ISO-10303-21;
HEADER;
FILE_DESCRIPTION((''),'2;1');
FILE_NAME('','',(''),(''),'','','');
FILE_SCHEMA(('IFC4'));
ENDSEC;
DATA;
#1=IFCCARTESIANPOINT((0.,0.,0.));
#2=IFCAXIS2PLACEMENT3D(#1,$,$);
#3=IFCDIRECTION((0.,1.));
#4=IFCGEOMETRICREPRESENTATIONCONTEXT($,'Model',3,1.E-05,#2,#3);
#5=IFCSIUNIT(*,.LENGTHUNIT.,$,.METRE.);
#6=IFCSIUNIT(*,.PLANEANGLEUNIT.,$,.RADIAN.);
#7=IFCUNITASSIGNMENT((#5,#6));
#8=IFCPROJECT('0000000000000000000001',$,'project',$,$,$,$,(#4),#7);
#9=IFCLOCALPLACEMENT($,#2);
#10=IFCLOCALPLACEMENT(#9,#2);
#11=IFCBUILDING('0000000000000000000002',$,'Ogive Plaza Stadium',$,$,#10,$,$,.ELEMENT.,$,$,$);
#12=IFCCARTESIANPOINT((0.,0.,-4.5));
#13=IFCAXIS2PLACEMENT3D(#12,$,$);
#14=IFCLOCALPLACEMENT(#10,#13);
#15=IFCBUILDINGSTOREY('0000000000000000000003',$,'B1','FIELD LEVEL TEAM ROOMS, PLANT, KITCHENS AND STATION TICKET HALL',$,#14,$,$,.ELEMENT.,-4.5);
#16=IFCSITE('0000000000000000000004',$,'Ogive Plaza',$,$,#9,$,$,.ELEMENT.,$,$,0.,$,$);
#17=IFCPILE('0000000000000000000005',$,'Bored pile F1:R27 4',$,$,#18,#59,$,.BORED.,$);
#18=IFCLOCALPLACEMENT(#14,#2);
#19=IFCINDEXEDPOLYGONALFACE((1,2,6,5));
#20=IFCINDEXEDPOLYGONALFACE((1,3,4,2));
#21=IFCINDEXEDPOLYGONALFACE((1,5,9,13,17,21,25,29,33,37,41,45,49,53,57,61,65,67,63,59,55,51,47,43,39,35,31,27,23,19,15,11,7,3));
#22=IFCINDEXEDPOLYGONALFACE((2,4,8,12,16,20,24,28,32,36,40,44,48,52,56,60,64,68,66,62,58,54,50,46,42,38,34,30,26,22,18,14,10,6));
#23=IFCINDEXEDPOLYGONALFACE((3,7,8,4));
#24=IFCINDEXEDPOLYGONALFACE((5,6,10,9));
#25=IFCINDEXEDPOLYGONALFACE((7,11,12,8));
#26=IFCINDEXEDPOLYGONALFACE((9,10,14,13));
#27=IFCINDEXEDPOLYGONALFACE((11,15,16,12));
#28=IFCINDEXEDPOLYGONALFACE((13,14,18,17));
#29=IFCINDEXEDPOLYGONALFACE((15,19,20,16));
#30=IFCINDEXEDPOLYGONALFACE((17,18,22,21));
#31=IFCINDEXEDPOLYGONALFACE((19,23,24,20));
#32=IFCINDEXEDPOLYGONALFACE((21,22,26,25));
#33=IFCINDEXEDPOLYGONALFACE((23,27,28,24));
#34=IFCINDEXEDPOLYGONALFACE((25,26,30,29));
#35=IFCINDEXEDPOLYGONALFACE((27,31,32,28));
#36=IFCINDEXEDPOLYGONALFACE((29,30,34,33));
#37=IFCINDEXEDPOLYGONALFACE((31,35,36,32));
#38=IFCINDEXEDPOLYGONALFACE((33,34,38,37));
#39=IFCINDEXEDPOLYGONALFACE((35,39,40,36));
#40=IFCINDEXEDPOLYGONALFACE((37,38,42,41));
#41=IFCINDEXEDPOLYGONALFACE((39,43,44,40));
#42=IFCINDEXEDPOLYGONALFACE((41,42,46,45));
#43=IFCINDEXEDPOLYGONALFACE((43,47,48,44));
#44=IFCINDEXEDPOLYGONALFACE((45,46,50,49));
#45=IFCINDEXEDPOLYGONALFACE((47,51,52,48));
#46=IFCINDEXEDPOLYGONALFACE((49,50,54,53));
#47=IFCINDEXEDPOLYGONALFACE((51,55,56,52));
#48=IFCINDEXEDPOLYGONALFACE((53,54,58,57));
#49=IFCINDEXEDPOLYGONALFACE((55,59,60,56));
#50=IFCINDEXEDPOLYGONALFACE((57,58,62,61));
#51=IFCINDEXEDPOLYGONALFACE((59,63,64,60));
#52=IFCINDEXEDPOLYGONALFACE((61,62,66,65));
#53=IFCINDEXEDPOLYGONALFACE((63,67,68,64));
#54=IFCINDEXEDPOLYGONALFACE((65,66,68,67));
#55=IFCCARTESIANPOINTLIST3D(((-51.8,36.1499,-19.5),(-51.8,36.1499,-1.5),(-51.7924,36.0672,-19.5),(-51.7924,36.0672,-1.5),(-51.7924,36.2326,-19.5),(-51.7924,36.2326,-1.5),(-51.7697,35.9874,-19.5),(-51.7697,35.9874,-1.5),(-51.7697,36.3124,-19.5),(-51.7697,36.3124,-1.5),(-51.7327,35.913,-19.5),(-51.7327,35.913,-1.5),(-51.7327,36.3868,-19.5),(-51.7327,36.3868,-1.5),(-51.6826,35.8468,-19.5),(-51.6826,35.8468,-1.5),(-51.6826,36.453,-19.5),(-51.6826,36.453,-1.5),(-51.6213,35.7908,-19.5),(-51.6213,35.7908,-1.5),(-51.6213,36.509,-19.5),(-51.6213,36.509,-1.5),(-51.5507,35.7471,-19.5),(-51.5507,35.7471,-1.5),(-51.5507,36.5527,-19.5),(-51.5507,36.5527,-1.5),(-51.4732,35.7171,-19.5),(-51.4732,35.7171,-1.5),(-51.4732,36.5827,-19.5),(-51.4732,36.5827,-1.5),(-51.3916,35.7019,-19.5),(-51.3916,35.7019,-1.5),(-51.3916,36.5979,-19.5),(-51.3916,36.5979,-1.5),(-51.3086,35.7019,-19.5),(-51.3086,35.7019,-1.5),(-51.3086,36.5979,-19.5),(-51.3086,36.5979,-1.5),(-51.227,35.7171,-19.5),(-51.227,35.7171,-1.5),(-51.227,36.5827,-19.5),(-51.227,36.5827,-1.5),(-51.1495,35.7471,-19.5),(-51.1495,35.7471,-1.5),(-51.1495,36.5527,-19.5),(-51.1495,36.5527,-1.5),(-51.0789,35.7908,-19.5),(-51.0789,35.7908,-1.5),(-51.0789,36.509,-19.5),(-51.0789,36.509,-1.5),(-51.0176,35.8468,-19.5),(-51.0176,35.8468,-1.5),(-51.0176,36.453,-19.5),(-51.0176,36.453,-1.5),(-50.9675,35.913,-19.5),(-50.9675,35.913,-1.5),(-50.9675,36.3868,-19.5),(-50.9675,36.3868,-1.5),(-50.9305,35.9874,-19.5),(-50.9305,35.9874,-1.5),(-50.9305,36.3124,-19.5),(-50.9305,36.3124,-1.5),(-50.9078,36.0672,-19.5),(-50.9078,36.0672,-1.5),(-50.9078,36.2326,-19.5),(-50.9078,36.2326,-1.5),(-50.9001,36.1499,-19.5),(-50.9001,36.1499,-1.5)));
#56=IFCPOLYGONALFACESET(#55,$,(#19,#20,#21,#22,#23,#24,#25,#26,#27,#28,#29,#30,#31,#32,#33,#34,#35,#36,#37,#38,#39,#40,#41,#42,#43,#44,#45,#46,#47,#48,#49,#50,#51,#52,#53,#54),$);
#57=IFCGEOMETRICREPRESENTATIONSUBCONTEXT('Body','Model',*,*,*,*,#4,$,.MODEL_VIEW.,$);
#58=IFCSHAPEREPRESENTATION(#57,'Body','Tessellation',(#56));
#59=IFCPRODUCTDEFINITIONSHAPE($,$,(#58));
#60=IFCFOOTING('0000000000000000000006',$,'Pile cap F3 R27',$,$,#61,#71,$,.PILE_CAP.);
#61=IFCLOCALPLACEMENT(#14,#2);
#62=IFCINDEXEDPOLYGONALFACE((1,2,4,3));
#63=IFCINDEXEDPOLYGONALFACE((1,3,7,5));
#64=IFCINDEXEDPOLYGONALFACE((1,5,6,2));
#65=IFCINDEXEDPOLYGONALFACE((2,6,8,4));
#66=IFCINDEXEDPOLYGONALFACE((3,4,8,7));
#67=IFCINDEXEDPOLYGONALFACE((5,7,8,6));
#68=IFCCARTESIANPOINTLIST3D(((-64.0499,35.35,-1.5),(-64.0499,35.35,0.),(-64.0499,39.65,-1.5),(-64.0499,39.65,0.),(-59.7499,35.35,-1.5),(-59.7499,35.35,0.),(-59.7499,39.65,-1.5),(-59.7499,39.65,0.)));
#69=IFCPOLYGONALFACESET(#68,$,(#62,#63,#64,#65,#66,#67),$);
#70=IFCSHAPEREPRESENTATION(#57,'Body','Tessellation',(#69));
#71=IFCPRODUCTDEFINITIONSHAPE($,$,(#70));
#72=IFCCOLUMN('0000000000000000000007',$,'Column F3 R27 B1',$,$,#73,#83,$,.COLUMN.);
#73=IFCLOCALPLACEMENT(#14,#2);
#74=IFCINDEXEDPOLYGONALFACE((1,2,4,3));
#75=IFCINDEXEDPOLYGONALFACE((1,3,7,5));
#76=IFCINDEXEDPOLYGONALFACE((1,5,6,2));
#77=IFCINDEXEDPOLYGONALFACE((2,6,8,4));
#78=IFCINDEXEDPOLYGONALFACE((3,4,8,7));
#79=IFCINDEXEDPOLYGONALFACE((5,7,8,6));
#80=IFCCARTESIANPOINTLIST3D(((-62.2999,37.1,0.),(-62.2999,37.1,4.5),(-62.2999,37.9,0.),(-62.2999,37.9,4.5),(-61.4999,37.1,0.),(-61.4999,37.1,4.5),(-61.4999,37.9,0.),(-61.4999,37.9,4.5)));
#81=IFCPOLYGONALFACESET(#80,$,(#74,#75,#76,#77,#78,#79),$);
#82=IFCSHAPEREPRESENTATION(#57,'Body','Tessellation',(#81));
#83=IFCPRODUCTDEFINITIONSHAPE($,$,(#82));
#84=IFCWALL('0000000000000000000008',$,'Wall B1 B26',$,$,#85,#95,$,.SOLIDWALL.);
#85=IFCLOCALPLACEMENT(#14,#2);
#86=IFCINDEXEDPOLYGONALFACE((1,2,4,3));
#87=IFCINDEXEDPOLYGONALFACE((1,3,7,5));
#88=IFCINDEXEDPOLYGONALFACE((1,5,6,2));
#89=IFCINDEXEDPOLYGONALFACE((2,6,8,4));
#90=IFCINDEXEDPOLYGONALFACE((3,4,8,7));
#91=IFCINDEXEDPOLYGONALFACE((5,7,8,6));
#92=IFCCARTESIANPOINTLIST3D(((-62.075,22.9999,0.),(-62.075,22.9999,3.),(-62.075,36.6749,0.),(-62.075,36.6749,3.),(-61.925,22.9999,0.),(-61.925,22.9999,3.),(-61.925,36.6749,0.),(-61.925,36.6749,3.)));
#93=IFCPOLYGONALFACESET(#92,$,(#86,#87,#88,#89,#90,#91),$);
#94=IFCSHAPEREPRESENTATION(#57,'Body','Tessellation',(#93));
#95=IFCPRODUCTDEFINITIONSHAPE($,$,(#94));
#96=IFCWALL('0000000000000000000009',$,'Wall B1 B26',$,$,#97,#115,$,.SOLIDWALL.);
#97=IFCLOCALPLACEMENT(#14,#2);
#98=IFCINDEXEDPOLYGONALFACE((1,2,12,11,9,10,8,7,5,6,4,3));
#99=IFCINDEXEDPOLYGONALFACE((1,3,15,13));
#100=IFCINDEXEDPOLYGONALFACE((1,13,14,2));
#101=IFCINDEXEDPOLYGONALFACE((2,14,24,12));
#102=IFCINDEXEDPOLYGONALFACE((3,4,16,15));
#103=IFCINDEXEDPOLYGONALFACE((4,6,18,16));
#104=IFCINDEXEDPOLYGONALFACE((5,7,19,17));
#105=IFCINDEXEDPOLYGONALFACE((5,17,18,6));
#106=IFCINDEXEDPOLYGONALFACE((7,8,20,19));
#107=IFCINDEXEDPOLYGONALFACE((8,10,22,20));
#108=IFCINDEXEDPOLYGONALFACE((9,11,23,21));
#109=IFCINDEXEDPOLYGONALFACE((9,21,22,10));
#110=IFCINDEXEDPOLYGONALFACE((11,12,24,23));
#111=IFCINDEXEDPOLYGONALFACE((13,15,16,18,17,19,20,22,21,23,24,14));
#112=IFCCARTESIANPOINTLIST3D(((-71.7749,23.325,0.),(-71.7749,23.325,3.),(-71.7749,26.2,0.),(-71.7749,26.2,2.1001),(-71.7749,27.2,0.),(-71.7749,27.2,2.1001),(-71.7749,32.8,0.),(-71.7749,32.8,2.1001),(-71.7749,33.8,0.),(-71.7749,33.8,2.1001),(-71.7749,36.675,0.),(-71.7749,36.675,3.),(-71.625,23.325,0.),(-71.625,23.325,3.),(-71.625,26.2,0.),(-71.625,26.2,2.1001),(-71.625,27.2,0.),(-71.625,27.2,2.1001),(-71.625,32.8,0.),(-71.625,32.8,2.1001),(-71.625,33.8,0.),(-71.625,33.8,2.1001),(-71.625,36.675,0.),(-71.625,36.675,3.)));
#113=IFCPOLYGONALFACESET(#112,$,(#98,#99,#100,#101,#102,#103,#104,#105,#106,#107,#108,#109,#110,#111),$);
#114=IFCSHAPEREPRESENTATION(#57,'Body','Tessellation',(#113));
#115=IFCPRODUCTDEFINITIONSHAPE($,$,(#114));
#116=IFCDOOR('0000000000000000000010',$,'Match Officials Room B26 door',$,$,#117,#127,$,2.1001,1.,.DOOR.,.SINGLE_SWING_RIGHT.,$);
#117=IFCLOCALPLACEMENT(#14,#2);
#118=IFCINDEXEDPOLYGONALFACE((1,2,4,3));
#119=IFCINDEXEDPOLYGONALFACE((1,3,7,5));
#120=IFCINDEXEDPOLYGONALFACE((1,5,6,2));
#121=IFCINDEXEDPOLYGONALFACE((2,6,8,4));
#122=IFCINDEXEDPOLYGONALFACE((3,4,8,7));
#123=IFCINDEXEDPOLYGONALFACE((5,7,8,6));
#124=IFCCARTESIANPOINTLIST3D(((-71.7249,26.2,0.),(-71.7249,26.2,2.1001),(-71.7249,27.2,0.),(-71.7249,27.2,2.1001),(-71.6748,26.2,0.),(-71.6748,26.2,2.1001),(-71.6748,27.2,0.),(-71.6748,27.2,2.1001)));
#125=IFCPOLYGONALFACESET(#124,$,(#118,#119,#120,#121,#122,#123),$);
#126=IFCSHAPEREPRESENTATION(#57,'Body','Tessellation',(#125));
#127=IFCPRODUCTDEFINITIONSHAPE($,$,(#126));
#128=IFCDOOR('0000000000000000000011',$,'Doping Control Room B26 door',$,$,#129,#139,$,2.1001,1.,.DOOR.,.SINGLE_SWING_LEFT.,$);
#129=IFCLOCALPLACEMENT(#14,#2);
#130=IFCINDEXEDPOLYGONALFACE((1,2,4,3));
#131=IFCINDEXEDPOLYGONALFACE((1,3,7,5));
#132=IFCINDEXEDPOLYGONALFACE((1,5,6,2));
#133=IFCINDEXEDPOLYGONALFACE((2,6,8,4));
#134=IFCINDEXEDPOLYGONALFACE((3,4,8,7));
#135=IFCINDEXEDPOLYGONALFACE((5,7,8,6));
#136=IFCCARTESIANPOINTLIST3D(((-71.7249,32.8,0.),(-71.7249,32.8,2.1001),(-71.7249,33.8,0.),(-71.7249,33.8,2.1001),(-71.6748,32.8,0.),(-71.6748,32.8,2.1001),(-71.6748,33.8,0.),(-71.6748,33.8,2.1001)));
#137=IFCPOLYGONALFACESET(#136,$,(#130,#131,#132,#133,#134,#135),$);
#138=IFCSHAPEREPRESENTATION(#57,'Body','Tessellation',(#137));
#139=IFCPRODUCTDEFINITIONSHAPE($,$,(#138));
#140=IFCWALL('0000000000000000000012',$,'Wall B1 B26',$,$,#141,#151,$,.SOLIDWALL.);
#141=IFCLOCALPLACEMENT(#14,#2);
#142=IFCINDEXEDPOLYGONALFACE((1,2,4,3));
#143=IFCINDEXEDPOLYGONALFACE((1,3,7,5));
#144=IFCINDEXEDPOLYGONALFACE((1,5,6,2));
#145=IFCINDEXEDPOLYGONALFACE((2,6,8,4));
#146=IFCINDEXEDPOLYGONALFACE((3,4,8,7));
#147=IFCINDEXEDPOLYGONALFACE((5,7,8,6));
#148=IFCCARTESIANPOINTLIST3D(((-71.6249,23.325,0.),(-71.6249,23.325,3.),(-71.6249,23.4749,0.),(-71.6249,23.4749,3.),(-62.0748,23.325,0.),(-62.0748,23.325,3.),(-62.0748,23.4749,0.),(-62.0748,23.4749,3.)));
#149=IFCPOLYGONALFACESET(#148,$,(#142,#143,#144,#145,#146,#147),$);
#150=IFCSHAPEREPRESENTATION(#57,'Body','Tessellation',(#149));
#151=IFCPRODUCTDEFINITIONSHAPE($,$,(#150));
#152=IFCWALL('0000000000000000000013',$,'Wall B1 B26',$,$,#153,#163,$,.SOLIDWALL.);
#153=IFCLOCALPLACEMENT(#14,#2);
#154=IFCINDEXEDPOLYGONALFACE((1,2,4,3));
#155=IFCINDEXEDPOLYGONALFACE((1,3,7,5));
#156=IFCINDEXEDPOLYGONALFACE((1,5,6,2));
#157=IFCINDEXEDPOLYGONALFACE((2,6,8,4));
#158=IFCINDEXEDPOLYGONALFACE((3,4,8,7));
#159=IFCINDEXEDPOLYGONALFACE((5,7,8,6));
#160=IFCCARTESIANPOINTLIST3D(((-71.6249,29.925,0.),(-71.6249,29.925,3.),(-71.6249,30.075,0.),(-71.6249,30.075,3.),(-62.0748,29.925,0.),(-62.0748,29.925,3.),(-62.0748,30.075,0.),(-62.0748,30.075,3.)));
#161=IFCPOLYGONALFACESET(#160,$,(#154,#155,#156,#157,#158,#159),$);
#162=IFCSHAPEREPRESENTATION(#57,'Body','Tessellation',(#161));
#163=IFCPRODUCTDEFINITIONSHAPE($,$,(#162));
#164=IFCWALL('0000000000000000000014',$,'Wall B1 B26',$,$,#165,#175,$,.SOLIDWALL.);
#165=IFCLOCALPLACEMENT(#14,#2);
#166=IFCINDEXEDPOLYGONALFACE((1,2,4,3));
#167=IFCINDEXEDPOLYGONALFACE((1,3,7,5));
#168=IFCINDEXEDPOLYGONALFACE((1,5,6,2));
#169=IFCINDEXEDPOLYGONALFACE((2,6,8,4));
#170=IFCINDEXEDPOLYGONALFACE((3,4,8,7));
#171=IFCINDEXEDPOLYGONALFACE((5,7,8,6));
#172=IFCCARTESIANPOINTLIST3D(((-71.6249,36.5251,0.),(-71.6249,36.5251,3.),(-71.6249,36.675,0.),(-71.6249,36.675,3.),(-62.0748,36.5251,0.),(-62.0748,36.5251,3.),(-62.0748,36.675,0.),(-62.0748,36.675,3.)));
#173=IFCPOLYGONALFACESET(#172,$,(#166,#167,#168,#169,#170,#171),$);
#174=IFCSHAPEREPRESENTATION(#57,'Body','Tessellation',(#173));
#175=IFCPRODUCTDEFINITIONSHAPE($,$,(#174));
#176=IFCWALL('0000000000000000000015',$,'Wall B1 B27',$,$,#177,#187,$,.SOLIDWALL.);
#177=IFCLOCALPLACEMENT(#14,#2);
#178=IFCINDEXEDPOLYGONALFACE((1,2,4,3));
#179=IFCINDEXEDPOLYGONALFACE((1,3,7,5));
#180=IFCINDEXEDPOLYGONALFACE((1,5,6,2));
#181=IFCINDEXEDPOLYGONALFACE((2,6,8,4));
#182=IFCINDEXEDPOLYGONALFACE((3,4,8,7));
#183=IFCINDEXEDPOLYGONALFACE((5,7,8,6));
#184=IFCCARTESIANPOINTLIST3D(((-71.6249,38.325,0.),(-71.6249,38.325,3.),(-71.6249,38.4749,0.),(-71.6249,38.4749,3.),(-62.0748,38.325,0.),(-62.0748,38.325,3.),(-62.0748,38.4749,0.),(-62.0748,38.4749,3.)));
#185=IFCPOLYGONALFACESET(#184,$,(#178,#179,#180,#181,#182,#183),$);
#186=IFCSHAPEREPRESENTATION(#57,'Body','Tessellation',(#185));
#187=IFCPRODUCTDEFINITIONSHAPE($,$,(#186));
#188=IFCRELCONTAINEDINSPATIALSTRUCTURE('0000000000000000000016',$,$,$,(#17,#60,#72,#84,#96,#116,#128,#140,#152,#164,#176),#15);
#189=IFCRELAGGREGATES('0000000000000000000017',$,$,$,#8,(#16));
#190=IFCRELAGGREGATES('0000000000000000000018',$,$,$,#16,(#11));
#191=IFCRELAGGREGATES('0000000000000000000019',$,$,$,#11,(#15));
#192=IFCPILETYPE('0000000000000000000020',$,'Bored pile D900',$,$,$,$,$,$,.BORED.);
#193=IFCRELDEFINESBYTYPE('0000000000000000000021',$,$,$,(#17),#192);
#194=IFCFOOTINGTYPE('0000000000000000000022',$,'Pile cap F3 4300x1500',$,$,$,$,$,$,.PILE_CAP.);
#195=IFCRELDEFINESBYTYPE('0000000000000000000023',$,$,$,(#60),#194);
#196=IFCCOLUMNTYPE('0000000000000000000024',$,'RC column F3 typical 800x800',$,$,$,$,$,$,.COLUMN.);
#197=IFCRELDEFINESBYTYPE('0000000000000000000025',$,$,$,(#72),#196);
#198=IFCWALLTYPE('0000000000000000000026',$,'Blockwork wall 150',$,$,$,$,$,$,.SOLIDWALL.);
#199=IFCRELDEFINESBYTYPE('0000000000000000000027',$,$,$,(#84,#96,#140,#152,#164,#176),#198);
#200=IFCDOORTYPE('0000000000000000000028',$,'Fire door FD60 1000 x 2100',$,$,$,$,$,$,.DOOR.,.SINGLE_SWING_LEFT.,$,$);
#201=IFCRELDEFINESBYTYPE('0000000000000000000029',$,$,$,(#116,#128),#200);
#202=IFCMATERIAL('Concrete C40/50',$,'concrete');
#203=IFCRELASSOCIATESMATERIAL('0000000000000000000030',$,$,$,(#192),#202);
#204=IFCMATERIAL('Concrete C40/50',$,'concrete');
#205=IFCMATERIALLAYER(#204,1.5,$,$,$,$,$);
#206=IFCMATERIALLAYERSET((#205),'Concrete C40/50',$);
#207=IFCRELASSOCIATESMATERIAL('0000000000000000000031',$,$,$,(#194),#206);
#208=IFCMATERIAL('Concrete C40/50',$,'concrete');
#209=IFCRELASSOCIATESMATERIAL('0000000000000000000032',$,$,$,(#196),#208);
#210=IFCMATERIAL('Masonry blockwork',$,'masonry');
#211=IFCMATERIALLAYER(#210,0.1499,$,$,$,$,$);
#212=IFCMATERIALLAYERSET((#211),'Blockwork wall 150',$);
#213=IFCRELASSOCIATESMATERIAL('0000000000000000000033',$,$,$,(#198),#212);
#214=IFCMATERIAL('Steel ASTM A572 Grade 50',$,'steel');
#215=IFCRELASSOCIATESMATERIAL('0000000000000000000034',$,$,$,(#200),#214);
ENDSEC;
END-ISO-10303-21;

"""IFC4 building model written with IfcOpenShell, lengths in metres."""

from ifc_helpers import new_model, si_unit, direction, frame, frame_2d, origin, origin_2d, place, context, subcontext, project, spatial, rectangle, circle, extrude, material, layer, layer_set, material_profile, profile_set, type_object, element, fill, save


model = new_model("IFC4")

# Units and contexts
model_context = context("Model", 3, precision=1e-05, world=origin(), true_north=direction((0.0, 1.0)))
body_context = subcontext(model_context, "Body", "Model", "MODEL_VIEW")
ifc_project = project(units=[si_unit("LENGTHUNIT", "METRE"), si_unit("PLANEANGLEUNIT", "RADIAN")], contexts=[model_context])

# Site, building, storey
site_placement = place(None, origin())
site = spatial("IfcSite", under=ifc_project, at=site_placement, Name="Ogive Plaza", CompositionType="ELEMENT", RefElevation=0.0)
building_placement = place(site_placement, origin())
building = spatial("IfcBuilding", under=site, at=building_placement, Name="Ogive Plaza Stadium", CompositionType="ELEMENT")
storey_placement = place(building_placement, frame((0.0, 0.0, -4.5)))
storey = spatial("IfcBuildingStorey", under=building, at=storey_placement, Name="B1", Description="FIELD LEVEL TEAM ROOMS, PLANT, KITCHENS AND STATION TICKET HALL", CompositionType="ELEMENT", Elevation=-4.5)

# Pile
ifc_material_1 = material(Name="Concrete C40/50", Category="concrete")
ifc_material_profile_1 = material_profile(ifc_material_1, circle(Radius=0.45, at=origin_2d()), Name="RC D900")
ifc_profile_set_1 = profile_set([ifc_material_profile_1], Name="Concrete C40/50")
pile_type_1 = type_object("IfcPileType", Name="Bored pile D900", PredefinedType="BORED", material=ifc_profile_set_1)
for number, where, z_axis, x_axis, name in (
    (1, (-51.3501, 36.1499, -1.5), (0.0, 0.0, -1.0), (1.0, 0.0, 0.0), "Bored pile F1:R27 4"),
):
    element("IfcPile", number, at=place(storey_placement, frame(where, z_axis=z_axis, x_axis=x_axis)), inside=storey, type_object=pile_type_1, Name=name, PredefinedType="BORED", context=body_context, shape_type="SweptSolid", body=[
        extrude(circle(Radius=0.45, at=origin_2d()), origin(), (0.0, 0.0, 1.0), 18.0),
    ])

# Footing
ifc_material_2 = material(Name="Concrete C40/50", Category="concrete")
ifc_layer_1 = layer(ifc_material_2, 1.5)
ifc_layer_set_1 = layer_set([ifc_layer_1], Name="Concrete C40/50")
footing_type = type_object("IfcFootingType", Name="Pile cap F3 4300x1500", PredefinedType="PILE_CAP", material=ifc_layer_set_1)
footing_placement = place(storey_placement, frame((-61.8999, 37.5, -1.5), z_axis=(0.0, 0.0, 1.0), x_axis=(-1.0, 0.0, 0.0)))
element("IfcFooting", 2, at=footing_placement, inside=storey, type_object=footing_type, Name="Pile cap F3 R27", PredefinedType="PILE_CAP", context=body_context, shape_type="SweptSolid", body=[
    extrude(rectangle(XDim=4.3, YDim=4.3, at=origin_2d()), origin(), (0.0, 0.0, 1.0), 1.5),
])

# Column
ifc_material_3 = material(Name="Concrete C40/50", Category="concrete")
ifc_material_profile_2 = material_profile(ifc_material_3, rectangle(XDim=0.8, YDim=0.8, at=origin_2d()), Name="RC 800x800")
ifc_profile_set_2 = profile_set([ifc_material_profile_2], Name="Concrete C40/50")
column_type = type_object("IfcColumnType", Name="RC column F3 typical 800x800", PredefinedType="COLUMN", material=ifc_profile_set_2)
column_placement = place(storey_placement, frame((-61.8999, 37.5, 0.0), z_axis=(0.0, 0.0, 1.0), x_axis=(0.0, -1.0, 0.0)))
element("IfcColumn", 3, at=column_placement, inside=storey, type_object=column_type, Name="Column F3 R27 B1", PredefinedType="COLUMN", context=body_context, shape_type="SweptSolid", body=[
    extrude(rectangle(XDim=0.8, YDim=0.8, at=origin_2d()), origin(), (0.0, 0.0, 1.0), 4.5),
])

# Wall
ifc_material_4 = material(Name="Masonry blockwork", Category="masonry")
ifc_layer_2 = layer(ifc_material_4, 0.1499)
ifc_layer_set_2 = layer_set([ifc_layer_2], Name="Blockwork wall 150")
wall_type = type_object("IfcWallType", Name="Blockwork wall 150", PredefinedType="SOLIDWALL", material=ifc_layer_set_2)
wall_1_placement = place(storey_placement, frame((-62.0, 23.0, 0.0), z_axis=(0.0, 0.0, 1.0), x_axis=(0.0, 1.0, 0.0)))
element("IfcWall", 4, at=wall_1_placement, inside=storey, type_object=wall_type, Name="Wall B1 B26", PredefinedType="SOLIDWALL", context=body_context, shape_type="SweptSolid", body=[
    extrude(rectangle(XDim=13.675, YDim=0.1499, at=frame_2d((6.8374, 0.0))), origin(), (0.0, 0.0, 1.0), 3.0),
])

# Wall, openings, doors
wall_2_placement = place(storey_placement, frame((-71.7, 23.325, 0.0), z_axis=(0.0, 0.0, 1.0), x_axis=(0.0, 1.0, 0.0)))
wall_2 = element("IfcWall", 5, at=wall_2_placement, inside=storey, type_object=wall_type, Name="Wall B1 B26", PredefinedType="SOLIDWALL", context=body_context, shape_type="SweptSolid", body=[
    extrude(rectangle(XDim=13.3501, YDim=0.1499, at=frame_2d((6.675, 0.0))), origin(), (0.0, 0.0, 1.0), 3.0),
])
opening_1_placement = place(wall_2_placement, frame((2.875, 0.0, 0.0)))
opening_1 = element("IfcOpeningElement", 6, at=opening_1_placement, cuts=wall_2, PredefinedType="OPENING", context=body_context, shape_type="SweptSolid", body=[
    extrude(rectangle(XDim=1.0, YDim=2.1001, at=frame_2d((0.5, 1.05))), frame((0.0, 0.075, 0.0), z_axis=(0.0, -1.0, 0.0), x_axis=(1.0, 0.0, 0.0)), (0.0, 0.0, 1.0), 0.1499),
])
opening_2_placement = place(wall_2_placement, frame((9.4751, 0.0, 0.0)))
opening_2 = element("IfcOpeningElement", 7, at=opening_2_placement, cuts=wall_2, PredefinedType="OPENING", context=body_context, shape_type="SweptSolid", body=[
    extrude(rectangle(XDim=1.0, YDim=2.1001, at=frame_2d((0.5, 1.05))), frame((0.0, 0.075, 0.0), z_axis=(0.0, -1.0, 0.0), x_axis=(1.0, 0.0, 0.0)), (0.0, 0.0, 1.0), 0.1499),
])
ifc_material_5 = material(Name="Steel ASTM A572 Grade 50", Category="steel")
door_type = type_object("IfcDoorType", Name="Fire door FD60 1000 x 2100", OperationType="SINGLE_SWING_LEFT", PredefinedType="DOOR", material=ifc_material_5)
door_1_placement = place(opening_1_placement, origin())
door_1 = element("IfcDoor", 8, at=door_1_placement, inside=storey, type_object=door_type, Name="Match Officials Room B26 door", OperationType="SINGLE_SWING_RIGHT", OverallHeight=2.1001, OverallWidth=1.0, PredefinedType="DOOR", context=body_context, shape_type="SweptSolid", body=[
    extrude(rectangle(XDim=1.0, YDim=2.1001, at=frame_2d((0.5, 1.05))), frame((0.0, 0.0249, 0.0), z_axis=(0.0, -1.0, 0.0), x_axis=(1.0, 0.0, 0.0)), (0.0, 0.0, 1.0), 0.05),
])
fill(opening_1, door_1)
door_2_placement = place(opening_2_placement, origin())
door_2 = element("IfcDoor", 9, at=door_2_placement, inside=storey, type_object=door_type, Name="Doping Control Room B26 door", OperationType="SINGLE_SWING_LEFT", OverallHeight=2.1001, OverallWidth=1.0, PredefinedType="DOOR", context=body_context, shape_type="SweptSolid", body=[
    extrude(rectangle(XDim=1.0, YDim=2.1001, at=frame_2d((0.5, 1.05))), frame((0.0, 0.0249, 0.0), z_axis=(0.0, -1.0, 0.0), x_axis=(1.0, 0.0, 0.0)), (0.0, 0.0, 1.0), 0.05),
])
fill(opening_2, door_2)

# Walls
for number, where, z_axis, x_axis, name in (
    (10, (-62.075, 23.3999, 0.0), (0.0, 0.0, 1.0), (-1.0, 0.0, 0.0), "Wall B1 B26"),
    (11, (-62.075, 30.0, 0.0), (0.0, 0.0, 1.0), (-1.0, 0.0, 0.0), "Wall B1 B26"),
    (12, (-62.075, 36.6001, 0.0), (0.0, 0.0, 1.0), (-1.0, 0.0, 0.0), "Wall B1 B26"),
    (13, (-62.075, 38.3999, 0.0), (0.0, 0.0, 1.0), (-1.0, 0.0, 0.0), "Wall B1 B27"),
):
    element("IfcWall", number, at=place(storey_placement, frame(where, z_axis=z_axis, x_axis=x_axis)), inside=storey, type_object=wall_type, Name=name, PredefinedType="SOLIDWALL", context=body_context, shape_type="SweptSolid", body=[
        extrude(rectangle(XDim=9.55, YDim=0.1499, at=frame_2d((4.7749, 0.0))), origin(), (0.0, 0.0, 1.0), 3.0),
    ])

save(model, "model.ifc")
